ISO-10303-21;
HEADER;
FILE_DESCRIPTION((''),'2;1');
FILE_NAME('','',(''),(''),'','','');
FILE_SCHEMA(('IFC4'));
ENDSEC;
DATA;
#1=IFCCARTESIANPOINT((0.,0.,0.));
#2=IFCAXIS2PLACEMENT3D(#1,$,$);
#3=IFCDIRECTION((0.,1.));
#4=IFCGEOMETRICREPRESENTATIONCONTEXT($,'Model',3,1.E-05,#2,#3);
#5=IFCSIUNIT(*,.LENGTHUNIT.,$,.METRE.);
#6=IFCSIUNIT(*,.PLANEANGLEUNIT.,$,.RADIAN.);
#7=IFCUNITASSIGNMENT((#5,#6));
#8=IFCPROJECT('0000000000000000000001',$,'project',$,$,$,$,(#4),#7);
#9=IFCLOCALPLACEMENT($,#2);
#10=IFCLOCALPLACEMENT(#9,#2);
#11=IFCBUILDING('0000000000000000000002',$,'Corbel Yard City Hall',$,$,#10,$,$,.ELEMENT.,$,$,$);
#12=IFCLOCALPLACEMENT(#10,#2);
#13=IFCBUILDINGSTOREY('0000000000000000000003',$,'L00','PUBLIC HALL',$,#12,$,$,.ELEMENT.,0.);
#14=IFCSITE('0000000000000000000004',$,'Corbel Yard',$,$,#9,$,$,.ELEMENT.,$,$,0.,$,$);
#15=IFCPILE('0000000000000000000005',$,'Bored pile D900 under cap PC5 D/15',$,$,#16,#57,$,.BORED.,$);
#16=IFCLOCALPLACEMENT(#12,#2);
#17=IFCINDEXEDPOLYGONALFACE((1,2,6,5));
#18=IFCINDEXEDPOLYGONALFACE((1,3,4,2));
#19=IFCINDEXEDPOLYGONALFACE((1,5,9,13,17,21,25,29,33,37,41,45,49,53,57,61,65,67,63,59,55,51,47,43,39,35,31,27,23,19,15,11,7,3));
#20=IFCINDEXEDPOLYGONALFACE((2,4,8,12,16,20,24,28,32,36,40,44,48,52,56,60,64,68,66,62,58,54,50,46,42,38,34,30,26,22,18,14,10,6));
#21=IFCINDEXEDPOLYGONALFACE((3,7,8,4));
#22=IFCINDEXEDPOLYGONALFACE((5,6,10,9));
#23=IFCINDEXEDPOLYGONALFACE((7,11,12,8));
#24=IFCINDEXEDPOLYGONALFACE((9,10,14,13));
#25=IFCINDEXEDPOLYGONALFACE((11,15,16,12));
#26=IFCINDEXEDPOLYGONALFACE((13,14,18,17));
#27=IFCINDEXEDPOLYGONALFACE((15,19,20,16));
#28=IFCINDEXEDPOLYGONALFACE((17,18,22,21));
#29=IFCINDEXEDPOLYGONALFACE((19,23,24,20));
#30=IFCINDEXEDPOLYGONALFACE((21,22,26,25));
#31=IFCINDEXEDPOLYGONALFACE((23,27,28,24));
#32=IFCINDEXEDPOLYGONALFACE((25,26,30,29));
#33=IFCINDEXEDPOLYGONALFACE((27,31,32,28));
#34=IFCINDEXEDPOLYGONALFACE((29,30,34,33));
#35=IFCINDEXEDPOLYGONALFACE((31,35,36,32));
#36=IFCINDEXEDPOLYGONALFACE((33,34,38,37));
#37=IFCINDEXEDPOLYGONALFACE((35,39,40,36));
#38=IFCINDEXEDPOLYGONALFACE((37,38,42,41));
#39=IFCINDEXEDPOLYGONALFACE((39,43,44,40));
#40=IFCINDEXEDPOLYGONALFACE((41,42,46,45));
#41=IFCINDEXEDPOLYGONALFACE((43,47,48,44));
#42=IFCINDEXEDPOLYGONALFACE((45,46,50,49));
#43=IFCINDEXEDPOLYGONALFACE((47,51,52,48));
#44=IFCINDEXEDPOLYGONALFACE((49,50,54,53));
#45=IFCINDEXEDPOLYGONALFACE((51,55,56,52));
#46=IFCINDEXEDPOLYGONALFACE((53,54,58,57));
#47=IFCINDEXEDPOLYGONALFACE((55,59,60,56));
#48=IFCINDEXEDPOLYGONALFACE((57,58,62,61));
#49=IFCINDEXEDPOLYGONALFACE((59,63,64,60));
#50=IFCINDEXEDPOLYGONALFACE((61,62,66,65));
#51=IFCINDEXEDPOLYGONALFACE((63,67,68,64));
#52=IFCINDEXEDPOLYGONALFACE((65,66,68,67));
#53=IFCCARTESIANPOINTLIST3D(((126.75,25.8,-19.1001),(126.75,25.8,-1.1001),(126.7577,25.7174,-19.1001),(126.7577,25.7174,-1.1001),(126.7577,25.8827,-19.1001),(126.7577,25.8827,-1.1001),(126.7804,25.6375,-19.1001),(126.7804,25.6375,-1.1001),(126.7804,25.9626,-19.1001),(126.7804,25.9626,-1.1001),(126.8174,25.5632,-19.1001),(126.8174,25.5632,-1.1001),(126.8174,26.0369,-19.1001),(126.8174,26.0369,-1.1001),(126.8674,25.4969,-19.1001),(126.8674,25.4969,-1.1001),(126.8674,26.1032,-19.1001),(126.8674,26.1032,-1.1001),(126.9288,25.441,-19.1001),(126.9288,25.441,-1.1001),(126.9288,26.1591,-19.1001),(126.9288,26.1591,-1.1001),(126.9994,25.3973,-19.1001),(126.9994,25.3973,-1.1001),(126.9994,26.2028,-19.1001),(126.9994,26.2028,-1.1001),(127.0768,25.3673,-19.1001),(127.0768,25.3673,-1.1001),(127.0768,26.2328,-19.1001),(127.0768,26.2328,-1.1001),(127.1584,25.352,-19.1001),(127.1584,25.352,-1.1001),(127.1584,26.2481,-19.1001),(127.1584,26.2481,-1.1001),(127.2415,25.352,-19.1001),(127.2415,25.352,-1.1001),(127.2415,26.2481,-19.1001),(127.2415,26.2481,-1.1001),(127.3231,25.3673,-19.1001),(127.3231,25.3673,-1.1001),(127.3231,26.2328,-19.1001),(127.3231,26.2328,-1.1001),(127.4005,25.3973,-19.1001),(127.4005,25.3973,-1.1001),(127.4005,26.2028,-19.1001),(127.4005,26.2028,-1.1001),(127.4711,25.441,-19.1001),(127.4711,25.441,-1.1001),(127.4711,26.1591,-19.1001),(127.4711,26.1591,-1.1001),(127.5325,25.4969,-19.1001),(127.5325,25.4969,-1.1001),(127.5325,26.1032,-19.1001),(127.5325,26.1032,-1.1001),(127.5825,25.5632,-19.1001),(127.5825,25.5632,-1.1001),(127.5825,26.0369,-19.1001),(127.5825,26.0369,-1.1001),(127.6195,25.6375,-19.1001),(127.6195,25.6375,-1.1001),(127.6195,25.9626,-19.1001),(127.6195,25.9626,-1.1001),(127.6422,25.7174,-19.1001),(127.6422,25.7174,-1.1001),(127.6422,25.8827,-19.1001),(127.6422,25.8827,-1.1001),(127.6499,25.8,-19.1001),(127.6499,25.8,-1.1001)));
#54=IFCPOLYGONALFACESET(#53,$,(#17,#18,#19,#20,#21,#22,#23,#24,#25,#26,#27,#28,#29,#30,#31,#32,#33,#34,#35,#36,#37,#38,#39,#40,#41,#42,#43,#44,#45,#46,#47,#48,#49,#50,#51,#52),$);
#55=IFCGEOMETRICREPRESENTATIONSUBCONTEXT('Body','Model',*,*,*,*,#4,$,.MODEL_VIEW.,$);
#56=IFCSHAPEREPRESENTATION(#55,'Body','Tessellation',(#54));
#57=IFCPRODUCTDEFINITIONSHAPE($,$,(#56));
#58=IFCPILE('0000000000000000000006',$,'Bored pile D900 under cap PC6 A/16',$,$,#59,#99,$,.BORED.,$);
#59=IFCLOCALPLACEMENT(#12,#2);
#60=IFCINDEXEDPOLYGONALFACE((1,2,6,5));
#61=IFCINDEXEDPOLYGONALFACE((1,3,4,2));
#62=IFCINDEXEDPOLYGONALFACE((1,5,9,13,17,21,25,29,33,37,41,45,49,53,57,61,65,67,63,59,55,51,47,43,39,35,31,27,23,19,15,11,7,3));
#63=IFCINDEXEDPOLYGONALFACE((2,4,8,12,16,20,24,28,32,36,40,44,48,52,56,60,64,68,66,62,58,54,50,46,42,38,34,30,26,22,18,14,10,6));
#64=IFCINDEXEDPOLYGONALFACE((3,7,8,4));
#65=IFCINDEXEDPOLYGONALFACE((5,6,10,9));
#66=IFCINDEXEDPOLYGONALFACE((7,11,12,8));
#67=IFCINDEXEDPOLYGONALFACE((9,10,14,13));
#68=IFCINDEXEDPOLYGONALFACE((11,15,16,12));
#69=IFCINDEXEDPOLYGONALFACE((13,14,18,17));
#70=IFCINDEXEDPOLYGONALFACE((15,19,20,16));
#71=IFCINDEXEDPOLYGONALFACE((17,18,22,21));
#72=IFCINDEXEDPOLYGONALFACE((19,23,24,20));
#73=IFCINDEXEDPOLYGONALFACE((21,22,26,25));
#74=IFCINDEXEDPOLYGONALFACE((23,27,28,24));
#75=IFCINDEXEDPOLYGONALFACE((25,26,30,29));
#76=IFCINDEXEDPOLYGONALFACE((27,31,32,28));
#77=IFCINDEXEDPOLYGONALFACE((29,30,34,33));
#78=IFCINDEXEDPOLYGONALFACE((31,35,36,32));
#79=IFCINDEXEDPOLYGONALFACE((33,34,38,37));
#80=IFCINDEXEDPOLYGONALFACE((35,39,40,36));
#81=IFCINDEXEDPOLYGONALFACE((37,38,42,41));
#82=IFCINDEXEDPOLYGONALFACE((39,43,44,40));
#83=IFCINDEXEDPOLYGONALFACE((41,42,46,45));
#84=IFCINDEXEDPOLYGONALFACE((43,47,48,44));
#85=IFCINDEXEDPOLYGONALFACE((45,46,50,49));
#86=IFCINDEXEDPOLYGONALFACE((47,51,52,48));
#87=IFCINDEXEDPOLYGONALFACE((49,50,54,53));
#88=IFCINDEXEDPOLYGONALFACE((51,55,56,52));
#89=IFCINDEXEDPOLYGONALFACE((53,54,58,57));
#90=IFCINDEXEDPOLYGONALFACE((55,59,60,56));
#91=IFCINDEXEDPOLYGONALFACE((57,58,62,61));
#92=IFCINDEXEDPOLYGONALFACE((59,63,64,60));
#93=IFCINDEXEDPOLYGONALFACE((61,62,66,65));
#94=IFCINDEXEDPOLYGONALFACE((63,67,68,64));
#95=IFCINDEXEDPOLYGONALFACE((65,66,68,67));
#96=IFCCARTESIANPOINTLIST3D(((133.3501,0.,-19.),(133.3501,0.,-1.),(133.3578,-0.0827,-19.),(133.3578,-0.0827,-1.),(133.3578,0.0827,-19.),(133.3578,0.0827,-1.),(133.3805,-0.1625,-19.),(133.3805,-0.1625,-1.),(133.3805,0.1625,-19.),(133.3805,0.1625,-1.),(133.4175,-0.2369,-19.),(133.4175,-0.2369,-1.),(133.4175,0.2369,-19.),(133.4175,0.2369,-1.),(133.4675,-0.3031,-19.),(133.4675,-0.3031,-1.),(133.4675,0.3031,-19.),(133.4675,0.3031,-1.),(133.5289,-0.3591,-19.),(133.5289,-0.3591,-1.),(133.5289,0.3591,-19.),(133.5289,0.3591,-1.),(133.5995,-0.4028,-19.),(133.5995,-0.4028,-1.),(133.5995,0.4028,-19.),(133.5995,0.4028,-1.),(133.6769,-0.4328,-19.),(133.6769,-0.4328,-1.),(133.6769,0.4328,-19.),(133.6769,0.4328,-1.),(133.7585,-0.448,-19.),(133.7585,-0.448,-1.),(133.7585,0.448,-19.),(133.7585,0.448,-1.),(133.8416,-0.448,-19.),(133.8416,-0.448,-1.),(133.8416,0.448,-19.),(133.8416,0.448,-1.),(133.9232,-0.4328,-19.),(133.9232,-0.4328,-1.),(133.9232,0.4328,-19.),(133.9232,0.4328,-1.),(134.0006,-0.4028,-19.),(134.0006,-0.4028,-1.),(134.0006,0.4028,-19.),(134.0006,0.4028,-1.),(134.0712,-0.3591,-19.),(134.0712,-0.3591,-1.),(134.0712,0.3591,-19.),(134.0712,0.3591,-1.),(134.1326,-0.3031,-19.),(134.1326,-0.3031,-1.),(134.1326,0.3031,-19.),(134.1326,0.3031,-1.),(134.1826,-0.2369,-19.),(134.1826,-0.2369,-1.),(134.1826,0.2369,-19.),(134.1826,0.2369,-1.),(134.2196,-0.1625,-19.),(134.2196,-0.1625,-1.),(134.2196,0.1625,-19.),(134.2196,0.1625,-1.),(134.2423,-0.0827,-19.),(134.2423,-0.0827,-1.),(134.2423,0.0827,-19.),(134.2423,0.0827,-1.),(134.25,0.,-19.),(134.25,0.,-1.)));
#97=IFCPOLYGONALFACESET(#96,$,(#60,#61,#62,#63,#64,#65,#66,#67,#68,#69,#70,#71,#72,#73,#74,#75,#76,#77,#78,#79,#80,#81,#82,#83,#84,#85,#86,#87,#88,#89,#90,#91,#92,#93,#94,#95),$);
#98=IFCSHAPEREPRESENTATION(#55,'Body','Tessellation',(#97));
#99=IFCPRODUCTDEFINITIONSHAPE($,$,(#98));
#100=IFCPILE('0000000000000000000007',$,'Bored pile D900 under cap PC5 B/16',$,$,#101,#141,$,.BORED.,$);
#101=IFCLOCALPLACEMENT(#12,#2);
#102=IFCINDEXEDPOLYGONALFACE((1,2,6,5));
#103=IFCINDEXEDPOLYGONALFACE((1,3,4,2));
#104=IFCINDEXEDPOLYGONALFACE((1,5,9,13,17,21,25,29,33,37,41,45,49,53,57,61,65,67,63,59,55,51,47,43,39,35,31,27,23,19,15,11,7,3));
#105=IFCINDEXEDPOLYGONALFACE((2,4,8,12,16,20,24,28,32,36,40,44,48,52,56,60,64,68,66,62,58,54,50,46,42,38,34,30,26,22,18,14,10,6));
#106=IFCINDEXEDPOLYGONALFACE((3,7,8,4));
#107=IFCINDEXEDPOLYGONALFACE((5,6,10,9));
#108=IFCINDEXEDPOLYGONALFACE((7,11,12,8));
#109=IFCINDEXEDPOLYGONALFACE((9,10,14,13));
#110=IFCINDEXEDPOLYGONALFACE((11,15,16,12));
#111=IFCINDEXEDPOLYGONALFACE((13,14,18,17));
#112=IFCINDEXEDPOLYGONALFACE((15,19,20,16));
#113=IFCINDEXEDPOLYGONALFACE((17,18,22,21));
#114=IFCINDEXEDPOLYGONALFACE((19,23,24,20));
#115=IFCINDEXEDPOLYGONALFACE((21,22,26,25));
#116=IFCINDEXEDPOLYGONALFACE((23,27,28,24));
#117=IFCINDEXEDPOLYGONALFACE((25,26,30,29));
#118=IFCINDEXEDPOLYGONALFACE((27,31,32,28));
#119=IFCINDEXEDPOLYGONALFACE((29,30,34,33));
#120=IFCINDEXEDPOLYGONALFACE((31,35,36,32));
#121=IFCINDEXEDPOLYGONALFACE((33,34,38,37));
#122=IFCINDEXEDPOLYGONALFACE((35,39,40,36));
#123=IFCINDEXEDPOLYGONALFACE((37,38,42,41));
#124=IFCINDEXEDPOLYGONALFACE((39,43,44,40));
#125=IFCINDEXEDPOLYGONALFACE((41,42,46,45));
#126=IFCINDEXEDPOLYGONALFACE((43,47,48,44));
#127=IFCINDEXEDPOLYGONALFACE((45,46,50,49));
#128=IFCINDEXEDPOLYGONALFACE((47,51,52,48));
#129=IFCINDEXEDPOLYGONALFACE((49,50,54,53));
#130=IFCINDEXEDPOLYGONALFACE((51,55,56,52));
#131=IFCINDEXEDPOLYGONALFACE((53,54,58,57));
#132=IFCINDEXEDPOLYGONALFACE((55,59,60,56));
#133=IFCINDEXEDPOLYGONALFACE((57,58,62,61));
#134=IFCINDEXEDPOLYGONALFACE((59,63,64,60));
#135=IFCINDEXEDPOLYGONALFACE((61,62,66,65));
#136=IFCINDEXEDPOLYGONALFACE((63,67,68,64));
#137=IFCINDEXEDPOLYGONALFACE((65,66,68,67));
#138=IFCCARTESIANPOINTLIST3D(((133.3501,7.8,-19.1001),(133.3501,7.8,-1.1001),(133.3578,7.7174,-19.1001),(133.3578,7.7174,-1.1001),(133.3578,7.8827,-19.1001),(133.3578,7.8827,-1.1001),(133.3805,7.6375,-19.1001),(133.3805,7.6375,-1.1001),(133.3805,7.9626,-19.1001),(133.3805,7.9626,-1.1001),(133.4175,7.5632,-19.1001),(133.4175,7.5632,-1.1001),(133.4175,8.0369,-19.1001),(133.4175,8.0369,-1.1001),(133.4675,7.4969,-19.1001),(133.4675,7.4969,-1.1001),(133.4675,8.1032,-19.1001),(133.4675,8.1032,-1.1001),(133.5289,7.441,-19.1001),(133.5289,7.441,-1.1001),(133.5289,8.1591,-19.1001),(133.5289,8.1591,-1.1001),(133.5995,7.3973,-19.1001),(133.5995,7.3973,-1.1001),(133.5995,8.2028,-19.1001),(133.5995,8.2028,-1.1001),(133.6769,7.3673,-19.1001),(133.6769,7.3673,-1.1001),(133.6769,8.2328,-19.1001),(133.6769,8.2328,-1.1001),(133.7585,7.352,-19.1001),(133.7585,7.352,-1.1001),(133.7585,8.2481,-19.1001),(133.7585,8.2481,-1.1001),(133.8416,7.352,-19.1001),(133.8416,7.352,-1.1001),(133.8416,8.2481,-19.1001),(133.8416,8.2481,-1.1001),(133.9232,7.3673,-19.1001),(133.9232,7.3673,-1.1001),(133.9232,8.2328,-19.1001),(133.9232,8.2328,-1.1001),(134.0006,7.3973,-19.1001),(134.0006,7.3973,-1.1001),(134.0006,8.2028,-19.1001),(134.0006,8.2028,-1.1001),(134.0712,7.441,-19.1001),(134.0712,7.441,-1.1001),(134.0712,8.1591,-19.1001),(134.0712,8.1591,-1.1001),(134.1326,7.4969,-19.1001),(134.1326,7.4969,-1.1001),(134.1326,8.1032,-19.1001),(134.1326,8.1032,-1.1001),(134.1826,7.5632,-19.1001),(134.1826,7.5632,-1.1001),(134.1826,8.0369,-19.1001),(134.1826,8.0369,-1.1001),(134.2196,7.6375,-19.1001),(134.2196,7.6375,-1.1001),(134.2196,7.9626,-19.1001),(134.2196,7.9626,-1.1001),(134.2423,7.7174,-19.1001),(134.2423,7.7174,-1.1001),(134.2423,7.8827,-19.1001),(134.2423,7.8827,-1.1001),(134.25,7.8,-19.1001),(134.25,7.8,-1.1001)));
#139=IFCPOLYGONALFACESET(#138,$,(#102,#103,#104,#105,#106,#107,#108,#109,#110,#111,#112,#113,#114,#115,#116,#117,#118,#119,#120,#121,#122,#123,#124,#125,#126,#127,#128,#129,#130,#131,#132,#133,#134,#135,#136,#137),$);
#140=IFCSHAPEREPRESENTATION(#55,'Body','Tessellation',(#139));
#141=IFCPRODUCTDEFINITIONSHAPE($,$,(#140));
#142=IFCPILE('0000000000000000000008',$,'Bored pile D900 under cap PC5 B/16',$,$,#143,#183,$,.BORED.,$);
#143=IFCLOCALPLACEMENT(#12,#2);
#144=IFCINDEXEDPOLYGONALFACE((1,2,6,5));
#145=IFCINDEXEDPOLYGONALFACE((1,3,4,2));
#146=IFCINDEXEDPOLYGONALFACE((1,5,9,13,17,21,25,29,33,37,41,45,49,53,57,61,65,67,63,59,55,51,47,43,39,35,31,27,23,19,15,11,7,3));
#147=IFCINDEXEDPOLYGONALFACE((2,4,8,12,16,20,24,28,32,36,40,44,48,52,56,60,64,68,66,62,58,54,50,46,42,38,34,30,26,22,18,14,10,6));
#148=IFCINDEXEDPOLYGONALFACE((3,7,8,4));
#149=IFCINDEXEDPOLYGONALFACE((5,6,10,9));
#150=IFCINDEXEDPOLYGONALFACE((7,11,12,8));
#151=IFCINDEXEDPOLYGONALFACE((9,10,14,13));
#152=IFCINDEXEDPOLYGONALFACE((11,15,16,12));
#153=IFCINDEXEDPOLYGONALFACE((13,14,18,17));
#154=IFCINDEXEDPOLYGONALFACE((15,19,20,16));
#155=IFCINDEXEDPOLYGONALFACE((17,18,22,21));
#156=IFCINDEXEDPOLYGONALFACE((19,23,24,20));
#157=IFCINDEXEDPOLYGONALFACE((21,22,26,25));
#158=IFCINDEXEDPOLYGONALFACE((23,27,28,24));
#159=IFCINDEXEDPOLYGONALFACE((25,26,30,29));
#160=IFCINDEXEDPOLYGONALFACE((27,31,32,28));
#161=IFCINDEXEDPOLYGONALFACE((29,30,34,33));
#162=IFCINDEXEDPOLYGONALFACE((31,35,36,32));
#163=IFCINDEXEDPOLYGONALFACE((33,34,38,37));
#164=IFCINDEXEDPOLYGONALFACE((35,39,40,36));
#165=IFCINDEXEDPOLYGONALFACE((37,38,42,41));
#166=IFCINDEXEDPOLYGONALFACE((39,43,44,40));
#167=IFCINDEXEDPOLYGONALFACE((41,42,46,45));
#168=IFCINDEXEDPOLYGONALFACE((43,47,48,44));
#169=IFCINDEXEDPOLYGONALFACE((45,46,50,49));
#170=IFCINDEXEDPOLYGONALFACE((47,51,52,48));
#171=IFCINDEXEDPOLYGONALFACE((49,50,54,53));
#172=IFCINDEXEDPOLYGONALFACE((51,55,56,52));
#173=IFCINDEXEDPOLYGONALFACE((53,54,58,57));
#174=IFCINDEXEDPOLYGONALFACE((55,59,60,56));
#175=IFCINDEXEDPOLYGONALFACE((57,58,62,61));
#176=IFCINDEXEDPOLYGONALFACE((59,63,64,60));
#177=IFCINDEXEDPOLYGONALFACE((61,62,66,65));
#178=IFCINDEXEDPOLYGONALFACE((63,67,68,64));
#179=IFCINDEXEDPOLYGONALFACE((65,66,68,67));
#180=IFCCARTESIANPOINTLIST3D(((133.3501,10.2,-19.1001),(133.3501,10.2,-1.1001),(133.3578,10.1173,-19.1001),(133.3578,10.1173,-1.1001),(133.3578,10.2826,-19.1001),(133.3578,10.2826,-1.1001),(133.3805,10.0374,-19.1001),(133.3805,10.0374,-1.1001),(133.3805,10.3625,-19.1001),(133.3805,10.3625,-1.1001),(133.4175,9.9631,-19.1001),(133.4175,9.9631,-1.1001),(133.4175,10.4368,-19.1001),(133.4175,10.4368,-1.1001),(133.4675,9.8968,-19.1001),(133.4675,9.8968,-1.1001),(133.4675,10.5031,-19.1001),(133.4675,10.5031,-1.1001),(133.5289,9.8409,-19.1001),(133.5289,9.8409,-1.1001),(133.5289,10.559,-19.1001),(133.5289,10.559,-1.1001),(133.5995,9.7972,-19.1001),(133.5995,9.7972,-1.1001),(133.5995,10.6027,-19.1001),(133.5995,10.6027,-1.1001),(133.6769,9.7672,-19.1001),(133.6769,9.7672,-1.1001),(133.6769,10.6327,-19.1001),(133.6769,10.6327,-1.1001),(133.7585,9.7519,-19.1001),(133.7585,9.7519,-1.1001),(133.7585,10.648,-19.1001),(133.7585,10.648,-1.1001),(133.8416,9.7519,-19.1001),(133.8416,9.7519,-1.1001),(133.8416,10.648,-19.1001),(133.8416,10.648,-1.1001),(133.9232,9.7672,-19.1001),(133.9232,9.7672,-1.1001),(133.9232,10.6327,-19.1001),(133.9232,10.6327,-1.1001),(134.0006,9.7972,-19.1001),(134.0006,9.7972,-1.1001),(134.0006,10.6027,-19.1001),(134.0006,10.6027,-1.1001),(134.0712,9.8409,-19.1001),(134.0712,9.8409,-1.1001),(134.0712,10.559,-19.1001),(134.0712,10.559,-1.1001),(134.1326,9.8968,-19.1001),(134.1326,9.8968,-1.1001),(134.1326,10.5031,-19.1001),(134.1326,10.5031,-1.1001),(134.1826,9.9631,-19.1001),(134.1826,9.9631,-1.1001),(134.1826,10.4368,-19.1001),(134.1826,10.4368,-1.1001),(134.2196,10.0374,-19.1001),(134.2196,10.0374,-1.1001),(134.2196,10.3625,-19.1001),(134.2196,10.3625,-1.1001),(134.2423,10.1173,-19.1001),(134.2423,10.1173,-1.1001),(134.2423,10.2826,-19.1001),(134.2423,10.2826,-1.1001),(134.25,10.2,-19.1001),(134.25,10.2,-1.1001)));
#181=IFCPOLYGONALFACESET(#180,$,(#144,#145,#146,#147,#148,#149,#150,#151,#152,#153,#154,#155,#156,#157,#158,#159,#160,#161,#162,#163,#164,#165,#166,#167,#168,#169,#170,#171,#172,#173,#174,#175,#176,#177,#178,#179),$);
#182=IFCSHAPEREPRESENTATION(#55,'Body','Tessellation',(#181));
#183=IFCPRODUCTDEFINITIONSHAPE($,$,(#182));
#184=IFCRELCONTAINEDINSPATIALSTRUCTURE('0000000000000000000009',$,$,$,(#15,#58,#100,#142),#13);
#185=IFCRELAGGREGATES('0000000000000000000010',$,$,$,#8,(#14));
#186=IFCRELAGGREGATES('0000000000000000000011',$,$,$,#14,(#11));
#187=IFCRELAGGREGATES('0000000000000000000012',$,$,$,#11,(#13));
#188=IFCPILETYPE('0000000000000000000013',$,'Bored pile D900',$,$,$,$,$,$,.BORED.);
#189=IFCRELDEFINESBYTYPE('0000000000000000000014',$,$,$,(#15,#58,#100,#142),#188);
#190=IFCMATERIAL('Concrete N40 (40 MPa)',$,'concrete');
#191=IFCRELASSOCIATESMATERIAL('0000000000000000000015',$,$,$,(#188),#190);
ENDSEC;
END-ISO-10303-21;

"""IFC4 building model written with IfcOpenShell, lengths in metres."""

from ifc_helpers import new_model, si_unit, direction, frame, origin, origin_2d, place, context, subcontext, project, spatial, circle, extrude, material, material_profile, profile_set, type_object, element, save


model = new_model("IFC4")

# Units and contexts
model_context = context("Model", 3, precision=1e-05, world=origin(), true_north=direction((0.0, 1.0)))
body_context = subcontext(model_context, "Body", "Model", "MODEL_VIEW")
ifc_project = project(units=[si_unit("LENGTHUNIT", "METRE"), si_unit("PLANEANGLEUNIT", "RADIAN")], contexts=[model_context])

# Site, building, storey
site_placement = place(None, origin())
site = spatial("IfcSite", under=ifc_project, at=site_placement, Name="Corbel Yard", CompositionType="ELEMENT", RefElevation=0.0)
building_placement = place(site_placement, origin())
building = spatial("IfcBuilding", under=site, at=building_placement, Name="Corbel Yard City Hall", CompositionType="ELEMENT")
storey_placement = place(building_placement, origin())
storey = spatial("IfcBuildingStorey", under=building, at=storey_placement, Name="L00", Description="PUBLIC HALL", CompositionType="ELEMENT", Elevation=0.0)

# Piles
ifc_material_1 = material(Name="Concrete N40 (40 MPa)", Category="concrete")
ifc_material_profile_1 = material_profile(ifc_material_1, circle(Radius=0.45, at=origin_2d()), Name="D900")
ifc_profile_set_1 = profile_set([ifc_material_profile_1], Name="Concrete N40 (40 MPa)")
pile_type = type_object("IfcPileType", Name="Bored pile D900", PredefinedType="BORED", material=ifc_profile_set_1)
for number, where, z_axis, x_axis, name in (
    (1, (127.2, 25.8, -1.1001), (0.0, 0.0, -1.0), (1.0, 0.0, 0.0), "Bored pile D900 under cap PC5 D/15"),
    (2, (133.8, 0.0, -1.0), (0.0, 0.0, -1.0), (1.0, 0.0, 0.0), "Bored pile D900 under cap PC6 A/16"),
    (3, (133.8, 7.8, -1.1001), (0.0, 0.0, -1.0), (1.0, 0.0, 0.0), "Bored pile D900 under cap PC5 B/16"),
    (4, (133.8, 10.2, -1.1001), (0.0, 0.0, -1.0), (1.0, 0.0, 0.0), "Bored pile D900 under cap PC5 B/16"),
):
    element("IfcPile", number, at=place(storey_placement, frame(where, z_axis=z_axis, x_axis=x_axis)), inside=storey, type_object=pile_type, Name=name, PredefinedType="BORED", context=body_context, shape_type="SweptSolid", body=[
        extrude(circle(Radius=0.45, at=origin_2d()), origin(), (0.0, 0.0, 1.0), 18.0),
    ])

save(model, "model.ifc")
